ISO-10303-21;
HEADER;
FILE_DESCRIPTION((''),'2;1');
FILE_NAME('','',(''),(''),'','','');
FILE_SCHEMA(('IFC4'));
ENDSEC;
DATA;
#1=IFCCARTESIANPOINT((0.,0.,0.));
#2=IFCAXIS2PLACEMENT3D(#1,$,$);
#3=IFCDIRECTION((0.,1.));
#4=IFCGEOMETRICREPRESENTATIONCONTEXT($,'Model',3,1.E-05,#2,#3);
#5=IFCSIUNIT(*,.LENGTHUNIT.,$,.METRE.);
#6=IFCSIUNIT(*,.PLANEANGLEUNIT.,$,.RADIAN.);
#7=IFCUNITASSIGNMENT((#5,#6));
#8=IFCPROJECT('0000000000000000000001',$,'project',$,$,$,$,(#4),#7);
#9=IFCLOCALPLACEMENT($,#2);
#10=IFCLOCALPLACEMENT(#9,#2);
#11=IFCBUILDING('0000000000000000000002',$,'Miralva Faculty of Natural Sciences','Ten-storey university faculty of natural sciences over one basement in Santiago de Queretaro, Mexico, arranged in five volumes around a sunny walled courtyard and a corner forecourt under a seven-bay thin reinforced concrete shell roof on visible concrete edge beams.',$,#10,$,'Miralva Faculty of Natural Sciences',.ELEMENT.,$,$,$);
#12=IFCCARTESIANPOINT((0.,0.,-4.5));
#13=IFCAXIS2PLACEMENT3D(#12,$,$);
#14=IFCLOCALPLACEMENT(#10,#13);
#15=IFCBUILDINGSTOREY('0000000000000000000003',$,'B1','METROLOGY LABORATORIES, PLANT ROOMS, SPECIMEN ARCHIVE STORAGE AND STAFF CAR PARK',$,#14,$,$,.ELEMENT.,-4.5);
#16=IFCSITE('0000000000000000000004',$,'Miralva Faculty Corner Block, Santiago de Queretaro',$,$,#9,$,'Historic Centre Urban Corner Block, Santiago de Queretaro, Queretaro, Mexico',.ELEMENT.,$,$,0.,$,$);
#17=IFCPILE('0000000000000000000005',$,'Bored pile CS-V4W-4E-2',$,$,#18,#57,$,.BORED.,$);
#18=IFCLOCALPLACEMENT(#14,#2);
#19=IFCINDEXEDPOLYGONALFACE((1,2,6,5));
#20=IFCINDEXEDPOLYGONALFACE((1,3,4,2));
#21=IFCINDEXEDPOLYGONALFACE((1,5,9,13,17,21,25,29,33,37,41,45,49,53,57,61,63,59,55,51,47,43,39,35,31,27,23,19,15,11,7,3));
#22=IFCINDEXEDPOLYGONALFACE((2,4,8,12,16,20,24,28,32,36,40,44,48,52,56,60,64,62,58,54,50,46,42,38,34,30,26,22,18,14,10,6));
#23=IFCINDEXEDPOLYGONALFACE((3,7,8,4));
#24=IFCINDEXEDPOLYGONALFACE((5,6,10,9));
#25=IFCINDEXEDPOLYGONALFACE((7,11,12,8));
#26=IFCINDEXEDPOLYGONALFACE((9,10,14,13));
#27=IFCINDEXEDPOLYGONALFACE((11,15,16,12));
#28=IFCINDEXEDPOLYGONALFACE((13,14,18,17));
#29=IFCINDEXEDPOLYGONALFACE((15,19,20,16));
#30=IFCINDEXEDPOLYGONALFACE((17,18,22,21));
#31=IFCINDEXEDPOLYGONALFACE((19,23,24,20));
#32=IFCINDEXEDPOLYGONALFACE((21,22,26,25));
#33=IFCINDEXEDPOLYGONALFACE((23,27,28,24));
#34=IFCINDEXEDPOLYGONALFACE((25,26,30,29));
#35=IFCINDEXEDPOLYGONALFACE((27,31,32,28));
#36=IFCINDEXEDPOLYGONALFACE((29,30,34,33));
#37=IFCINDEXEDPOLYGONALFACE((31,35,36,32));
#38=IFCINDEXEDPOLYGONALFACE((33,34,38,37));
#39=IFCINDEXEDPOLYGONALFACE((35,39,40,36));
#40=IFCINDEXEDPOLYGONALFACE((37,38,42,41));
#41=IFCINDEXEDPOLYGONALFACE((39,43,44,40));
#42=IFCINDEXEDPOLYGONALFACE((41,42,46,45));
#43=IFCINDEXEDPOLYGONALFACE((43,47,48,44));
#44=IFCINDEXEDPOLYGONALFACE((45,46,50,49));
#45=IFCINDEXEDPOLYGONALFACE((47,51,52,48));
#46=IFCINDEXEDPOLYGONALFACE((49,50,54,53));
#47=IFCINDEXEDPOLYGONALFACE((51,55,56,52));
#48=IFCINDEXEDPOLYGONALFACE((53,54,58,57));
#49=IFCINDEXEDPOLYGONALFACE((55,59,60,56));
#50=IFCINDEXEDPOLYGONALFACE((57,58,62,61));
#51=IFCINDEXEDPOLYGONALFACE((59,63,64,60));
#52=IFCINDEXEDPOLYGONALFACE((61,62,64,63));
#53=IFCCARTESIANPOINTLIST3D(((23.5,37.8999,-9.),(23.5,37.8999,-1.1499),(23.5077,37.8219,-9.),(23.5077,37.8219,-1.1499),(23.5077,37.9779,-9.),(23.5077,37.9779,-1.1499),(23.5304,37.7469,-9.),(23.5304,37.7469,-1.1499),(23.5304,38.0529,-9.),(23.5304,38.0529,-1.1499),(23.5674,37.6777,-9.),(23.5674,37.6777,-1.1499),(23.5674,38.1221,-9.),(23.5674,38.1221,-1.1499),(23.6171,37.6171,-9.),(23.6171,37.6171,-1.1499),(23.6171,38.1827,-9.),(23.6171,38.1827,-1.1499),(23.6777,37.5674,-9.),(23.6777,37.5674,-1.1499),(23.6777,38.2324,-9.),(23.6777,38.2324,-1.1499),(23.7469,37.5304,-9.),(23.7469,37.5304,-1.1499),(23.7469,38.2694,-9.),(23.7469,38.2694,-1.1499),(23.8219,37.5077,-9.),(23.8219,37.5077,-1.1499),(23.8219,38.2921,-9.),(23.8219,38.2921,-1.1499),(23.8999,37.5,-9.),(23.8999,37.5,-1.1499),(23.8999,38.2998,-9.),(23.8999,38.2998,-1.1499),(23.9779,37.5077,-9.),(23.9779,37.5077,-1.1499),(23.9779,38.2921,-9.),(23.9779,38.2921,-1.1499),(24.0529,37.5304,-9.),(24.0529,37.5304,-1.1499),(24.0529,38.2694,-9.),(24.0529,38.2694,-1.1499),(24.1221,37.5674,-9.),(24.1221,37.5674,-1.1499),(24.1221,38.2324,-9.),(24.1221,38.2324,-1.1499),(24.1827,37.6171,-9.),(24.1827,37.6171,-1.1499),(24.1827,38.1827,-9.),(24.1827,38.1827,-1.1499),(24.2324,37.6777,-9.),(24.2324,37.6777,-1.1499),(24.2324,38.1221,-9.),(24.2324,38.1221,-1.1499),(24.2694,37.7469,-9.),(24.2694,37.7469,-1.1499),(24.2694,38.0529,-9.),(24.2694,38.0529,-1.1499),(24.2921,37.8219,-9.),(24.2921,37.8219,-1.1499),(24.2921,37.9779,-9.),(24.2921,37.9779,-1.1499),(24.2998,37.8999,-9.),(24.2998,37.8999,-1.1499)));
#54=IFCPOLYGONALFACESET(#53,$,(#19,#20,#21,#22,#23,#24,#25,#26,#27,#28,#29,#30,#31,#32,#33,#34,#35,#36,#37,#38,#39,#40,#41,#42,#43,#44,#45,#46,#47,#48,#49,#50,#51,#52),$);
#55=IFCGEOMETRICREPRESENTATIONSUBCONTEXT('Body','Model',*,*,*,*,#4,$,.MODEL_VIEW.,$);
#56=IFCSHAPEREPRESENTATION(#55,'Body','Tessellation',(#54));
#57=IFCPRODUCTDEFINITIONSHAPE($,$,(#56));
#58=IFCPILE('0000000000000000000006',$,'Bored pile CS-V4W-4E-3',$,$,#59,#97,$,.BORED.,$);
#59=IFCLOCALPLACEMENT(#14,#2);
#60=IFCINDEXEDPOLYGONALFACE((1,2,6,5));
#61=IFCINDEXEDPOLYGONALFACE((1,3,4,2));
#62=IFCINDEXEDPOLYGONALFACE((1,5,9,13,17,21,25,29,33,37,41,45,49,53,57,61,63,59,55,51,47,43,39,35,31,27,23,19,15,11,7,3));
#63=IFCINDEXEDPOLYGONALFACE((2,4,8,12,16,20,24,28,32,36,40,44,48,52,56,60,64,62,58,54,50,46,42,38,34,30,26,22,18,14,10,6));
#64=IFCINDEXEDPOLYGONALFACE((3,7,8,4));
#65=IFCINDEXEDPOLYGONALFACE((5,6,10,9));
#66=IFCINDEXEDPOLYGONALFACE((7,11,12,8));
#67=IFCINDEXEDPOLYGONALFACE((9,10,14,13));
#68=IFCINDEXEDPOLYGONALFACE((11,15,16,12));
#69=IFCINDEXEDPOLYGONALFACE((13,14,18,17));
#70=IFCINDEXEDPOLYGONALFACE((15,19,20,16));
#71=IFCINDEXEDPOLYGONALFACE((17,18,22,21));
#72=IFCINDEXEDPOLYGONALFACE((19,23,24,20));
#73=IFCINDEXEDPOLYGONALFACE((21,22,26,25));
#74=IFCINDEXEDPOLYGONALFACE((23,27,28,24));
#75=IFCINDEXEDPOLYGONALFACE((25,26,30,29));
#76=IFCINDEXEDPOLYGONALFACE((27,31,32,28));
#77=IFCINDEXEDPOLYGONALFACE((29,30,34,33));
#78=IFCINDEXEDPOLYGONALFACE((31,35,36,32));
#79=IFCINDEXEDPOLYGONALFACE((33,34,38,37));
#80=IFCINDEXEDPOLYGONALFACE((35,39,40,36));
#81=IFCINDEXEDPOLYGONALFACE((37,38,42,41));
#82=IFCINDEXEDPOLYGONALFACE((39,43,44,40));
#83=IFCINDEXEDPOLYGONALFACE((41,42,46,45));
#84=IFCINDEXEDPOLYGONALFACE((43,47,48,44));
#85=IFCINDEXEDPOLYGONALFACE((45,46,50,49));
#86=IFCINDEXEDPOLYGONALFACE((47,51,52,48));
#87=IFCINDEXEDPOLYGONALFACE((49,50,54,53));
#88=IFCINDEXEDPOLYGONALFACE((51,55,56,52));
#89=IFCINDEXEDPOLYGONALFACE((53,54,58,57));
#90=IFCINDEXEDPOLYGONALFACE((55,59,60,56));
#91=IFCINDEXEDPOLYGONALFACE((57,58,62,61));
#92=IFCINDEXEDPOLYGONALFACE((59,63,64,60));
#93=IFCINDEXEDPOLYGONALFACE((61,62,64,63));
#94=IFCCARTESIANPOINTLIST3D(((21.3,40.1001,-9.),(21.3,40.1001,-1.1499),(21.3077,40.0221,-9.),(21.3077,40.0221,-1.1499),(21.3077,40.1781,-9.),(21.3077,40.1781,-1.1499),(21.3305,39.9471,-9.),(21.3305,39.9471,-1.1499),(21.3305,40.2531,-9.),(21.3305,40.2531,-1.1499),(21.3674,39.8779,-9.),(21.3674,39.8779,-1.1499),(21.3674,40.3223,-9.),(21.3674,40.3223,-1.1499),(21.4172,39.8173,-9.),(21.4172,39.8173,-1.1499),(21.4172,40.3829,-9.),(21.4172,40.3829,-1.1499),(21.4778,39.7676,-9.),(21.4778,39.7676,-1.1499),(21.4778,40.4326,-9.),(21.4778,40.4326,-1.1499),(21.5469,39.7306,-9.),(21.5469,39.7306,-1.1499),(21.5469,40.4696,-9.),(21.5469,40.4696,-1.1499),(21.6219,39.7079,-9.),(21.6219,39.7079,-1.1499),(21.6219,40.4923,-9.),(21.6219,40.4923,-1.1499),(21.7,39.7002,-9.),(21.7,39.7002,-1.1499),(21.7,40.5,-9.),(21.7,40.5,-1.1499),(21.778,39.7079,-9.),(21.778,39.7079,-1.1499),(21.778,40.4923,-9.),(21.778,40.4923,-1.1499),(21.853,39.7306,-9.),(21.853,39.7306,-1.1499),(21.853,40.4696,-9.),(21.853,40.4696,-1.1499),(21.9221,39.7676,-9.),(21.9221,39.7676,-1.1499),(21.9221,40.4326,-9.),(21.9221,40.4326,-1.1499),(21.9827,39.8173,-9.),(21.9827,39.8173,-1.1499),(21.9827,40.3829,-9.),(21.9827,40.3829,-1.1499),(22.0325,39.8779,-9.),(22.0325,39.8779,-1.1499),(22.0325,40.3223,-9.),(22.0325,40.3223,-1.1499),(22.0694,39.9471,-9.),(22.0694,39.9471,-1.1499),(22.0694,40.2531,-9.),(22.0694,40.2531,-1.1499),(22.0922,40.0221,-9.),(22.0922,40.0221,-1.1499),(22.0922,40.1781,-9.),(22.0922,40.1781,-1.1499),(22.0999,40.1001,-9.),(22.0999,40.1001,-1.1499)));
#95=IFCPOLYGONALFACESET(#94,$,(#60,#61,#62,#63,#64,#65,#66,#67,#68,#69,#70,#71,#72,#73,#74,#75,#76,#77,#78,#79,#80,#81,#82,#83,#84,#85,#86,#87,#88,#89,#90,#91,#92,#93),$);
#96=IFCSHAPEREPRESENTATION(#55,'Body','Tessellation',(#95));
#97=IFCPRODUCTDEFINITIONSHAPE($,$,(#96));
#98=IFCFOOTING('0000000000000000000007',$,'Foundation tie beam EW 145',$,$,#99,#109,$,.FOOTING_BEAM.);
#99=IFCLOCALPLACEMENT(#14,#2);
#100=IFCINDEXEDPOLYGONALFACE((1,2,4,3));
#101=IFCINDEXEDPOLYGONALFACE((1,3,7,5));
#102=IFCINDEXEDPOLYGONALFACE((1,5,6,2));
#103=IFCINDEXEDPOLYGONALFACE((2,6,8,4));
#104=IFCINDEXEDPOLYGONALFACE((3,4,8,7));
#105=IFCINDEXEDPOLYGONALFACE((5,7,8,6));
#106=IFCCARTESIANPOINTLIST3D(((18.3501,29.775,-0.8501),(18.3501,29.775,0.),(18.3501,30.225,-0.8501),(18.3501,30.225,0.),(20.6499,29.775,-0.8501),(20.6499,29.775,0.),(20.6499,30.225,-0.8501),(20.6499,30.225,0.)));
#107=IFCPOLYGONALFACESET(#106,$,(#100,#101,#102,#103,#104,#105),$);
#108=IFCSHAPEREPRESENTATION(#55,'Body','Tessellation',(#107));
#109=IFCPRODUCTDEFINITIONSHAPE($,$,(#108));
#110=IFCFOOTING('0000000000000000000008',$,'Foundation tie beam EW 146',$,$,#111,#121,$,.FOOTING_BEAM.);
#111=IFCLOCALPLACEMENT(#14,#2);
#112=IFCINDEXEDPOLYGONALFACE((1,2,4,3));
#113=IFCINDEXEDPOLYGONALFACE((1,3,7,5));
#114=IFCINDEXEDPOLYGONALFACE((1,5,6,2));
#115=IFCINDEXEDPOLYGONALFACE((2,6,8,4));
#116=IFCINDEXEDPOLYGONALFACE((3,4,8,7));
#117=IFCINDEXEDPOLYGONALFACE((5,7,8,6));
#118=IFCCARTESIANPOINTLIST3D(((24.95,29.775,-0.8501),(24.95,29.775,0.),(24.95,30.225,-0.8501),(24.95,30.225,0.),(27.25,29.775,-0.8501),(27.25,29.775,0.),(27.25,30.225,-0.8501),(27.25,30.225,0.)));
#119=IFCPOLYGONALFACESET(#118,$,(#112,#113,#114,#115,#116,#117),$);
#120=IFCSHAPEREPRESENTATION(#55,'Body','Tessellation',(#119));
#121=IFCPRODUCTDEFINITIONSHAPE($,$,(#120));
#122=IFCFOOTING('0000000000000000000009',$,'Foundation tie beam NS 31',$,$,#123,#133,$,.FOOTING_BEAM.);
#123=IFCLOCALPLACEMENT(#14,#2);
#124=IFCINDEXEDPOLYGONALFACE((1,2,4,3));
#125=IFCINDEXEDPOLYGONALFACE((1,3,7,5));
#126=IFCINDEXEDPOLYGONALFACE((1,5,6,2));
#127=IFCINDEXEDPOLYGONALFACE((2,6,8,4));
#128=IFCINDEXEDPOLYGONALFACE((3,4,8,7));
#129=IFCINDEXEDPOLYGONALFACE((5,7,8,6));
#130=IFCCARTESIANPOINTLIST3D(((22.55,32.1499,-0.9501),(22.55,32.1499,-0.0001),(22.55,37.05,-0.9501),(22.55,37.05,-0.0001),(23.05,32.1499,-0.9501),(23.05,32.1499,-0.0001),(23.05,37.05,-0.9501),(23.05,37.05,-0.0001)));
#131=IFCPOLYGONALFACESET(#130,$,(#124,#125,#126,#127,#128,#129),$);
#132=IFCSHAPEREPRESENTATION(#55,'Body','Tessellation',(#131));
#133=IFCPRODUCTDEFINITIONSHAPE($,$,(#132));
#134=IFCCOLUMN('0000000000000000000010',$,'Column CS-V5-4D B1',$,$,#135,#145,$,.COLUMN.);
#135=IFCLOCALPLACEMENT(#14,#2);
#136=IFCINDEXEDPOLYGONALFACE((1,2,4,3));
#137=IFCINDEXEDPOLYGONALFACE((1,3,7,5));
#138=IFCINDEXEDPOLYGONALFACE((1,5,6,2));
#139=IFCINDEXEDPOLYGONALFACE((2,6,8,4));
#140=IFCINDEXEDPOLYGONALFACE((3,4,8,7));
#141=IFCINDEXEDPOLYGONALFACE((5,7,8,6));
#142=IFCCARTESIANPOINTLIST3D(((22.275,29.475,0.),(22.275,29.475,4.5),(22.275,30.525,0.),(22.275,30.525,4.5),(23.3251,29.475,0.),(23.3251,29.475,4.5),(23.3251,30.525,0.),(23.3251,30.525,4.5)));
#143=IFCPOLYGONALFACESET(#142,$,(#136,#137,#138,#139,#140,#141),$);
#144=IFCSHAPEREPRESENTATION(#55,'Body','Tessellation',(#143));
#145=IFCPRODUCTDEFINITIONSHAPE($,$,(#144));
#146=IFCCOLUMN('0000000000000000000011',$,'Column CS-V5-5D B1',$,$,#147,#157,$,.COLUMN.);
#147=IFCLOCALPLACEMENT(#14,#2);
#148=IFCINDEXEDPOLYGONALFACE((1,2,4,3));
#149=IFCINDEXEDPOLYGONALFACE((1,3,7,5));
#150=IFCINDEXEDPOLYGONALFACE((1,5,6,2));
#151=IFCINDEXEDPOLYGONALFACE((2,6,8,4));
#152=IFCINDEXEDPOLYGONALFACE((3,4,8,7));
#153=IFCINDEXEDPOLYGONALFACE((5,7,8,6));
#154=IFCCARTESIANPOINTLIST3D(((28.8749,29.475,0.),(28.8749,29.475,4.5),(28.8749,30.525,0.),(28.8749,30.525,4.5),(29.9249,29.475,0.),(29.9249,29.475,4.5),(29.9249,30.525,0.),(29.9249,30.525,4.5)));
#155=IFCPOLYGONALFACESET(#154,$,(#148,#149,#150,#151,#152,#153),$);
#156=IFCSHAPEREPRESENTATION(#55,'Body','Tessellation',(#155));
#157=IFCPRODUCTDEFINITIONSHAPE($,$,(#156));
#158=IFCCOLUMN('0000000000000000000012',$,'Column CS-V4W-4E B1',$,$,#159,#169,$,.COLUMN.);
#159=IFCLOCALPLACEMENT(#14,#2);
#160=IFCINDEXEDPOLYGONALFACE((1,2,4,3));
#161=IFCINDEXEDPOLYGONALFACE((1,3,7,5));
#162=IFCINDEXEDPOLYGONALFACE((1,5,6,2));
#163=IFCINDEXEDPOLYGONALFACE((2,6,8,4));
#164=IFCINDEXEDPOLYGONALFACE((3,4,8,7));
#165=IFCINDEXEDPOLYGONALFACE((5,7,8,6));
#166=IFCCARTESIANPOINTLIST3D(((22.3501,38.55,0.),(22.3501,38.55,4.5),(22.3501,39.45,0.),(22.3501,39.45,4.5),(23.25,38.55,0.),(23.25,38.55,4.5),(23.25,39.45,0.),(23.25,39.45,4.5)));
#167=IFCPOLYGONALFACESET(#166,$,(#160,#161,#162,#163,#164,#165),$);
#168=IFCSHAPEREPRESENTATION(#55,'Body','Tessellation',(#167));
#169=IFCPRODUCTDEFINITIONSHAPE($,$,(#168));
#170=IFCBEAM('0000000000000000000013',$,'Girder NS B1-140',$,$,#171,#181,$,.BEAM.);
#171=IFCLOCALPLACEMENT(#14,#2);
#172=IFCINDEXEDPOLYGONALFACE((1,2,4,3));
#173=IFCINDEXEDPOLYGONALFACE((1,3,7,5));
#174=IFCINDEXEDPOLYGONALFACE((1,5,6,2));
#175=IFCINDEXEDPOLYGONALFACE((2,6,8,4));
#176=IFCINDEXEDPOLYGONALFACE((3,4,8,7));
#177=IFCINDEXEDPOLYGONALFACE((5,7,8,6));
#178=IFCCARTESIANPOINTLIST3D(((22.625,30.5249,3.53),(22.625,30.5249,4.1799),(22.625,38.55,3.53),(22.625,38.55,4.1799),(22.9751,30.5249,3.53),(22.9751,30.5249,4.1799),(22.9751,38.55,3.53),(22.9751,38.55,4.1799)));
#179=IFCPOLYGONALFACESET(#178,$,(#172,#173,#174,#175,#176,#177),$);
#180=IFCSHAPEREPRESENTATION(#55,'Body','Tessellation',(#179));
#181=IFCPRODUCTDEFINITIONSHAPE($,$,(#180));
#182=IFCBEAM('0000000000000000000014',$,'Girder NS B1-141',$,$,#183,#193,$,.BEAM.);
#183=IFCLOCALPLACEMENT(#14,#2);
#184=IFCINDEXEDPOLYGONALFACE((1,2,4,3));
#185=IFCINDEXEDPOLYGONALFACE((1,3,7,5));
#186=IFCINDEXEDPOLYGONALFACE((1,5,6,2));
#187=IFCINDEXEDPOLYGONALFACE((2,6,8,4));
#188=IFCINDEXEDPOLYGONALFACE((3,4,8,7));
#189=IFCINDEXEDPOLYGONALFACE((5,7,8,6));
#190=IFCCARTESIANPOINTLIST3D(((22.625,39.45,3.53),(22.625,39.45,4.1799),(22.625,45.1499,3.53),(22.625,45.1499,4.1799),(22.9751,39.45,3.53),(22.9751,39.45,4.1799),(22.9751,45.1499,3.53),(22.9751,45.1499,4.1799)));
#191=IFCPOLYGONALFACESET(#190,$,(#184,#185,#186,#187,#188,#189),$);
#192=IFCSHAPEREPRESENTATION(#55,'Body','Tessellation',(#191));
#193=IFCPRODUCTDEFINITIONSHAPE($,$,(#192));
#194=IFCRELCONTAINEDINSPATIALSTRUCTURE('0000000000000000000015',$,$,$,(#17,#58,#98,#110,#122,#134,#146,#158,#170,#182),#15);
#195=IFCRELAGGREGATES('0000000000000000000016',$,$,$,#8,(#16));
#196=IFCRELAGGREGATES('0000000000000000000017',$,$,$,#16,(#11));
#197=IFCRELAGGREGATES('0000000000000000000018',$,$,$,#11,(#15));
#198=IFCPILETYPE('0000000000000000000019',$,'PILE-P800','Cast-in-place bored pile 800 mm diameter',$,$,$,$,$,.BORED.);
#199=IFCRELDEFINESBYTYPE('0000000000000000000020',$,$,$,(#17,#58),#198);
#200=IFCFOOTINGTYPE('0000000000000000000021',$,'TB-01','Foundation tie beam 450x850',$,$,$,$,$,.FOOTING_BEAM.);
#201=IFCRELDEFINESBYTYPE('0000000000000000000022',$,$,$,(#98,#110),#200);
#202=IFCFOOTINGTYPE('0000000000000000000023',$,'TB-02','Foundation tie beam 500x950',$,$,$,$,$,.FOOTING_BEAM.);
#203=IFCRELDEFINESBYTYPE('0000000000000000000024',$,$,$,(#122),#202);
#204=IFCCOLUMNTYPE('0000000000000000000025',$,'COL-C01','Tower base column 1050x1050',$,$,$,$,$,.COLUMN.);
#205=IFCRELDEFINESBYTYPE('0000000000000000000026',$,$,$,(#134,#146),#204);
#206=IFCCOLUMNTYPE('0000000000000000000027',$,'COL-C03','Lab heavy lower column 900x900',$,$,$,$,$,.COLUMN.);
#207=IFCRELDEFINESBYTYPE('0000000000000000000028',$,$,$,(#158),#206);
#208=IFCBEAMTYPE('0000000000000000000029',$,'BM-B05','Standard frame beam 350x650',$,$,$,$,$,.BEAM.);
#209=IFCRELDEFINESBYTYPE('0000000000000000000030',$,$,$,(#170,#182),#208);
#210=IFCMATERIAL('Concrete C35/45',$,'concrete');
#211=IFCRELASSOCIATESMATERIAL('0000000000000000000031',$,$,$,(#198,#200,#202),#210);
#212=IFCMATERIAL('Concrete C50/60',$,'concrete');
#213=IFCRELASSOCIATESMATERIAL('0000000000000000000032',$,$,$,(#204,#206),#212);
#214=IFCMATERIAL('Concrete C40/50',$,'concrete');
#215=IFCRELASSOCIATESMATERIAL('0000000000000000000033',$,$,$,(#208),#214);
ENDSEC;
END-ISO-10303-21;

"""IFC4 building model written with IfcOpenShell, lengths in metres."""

from ifc_helpers import new_model, si_unit, direction, frame, origin, origin_2d, place, context, subcontext, project, spatial, rectangle, circle, extrude, material, material_profile, profile_set, type_object, element, save


model = new_model("IFC4")

# Units and contexts
model_context = context("Model", 3, precision=1e-05, world=origin(), true_north=direction((0.0, 1.0)))
body_context = subcontext(model_context, "Body", "Model", "MODEL_VIEW")
ifc_project = project(units=[si_unit("LENGTHUNIT", "METRE"), si_unit("PLANEANGLEUNIT", "RADIAN")], contexts=[model_context])

# Site, building, storey
site_placement = place(None, origin())
site = spatial("IfcSite", under=ifc_project, at=site_placement, Name="Miralva Faculty Corner Block, Santiago de Queretaro", LongName="Historic Centre Urban Corner Block, Santiago de Queretaro, Queretaro, Mexico", CompositionType="ELEMENT", RefElevation=0.0)
building_placement = place(site_placement, origin())
building = spatial("IfcBuilding", under=site, at=building_placement, Name="Miralva Faculty of Natural Sciences", Description="Ten-storey university faculty of natural sciences over one basement in Santiago de Queretaro, Mexico, arranged in five volumes around a sunny walled courtyard and a corner forecourt under a seven-bay thin reinforced concrete shell roof on visible concrete edge beams.", LongName="Miralva Faculty of Natural Sciences", CompositionType="ELEMENT")
storey_placement = place(building_placement, frame((0.0, 0.0, -4.5)))
storey = spatial("IfcBuildingStorey", under=building, at=storey_placement, Name="B1", Description="METROLOGY LABORATORIES, PLANT ROOMS, SPECIMEN ARCHIVE STORAGE AND STAFF CAR PARK", CompositionType="ELEMENT", Elevation=-4.5)

# Shared definitions
ifc_material_1 = material(Name="Concrete C35/45", Category="concrete")

# Piles
ifc_material_profile_1 = material_profile(ifc_material_1, circle(Radius=0.3999, at=origin_2d()), Name="BORED PILE 800")
ifc_profile_set_1 = profile_set([ifc_material_profile_1], Name="Concrete C35/45")
pile_type_1 = type_object("IfcPileType", Name="PILE-P800", Description="Cast-in-place bored pile 800 mm diameter", PredefinedType="BORED", material=ifc_profile_set_1)
for number, where, z_axis, x_axis, name in (
    (1, (23.8999, 37.8999, -1.1499), (0.0, 0.0, -1.0), (1.0, 0.0, 0.0), "Bored pile CS-V4W-4E-2"),
    (2, (21.7, 40.1001, -1.1499), (0.0, 0.0, -1.0), (1.0, 0.0, 0.0), "Bored pile CS-V4W-4E-3"),
):
    element("IfcPile", number, at=place(storey_placement, frame(where, z_axis=z_axis, x_axis=x_axis)), inside=storey, type_object=pile_type_1, Name=name, PredefinedType="BORED", context=body_context, shape_type="SweptSolid", body=[
        extrude(circle(Radius=0.3999, at=origin_2d()), origin(), (0.0, 0.0, 1.0), 7.8501),
    ])

# Footings
ifc_material_profile_2 = material_profile(ifc_material_1, rectangle(XDim=0.45, YDim=0.8501, at=origin_2d()), Name="RC 450x850")
ifc_profile_set_2 = profile_set([ifc_material_profile_2], Name="Concrete C35/45")
footing_type_1 = type_object("IfcFootingType", Name="TB-01", Description="Foundation tie beam 450x850", PredefinedType="FOOTING_BEAM", material=ifc_profile_set_2)
footing_1_placement = place(storey_placement, frame((18.3501, 30.0, -0.425), z_axis=(1.0, 0.0, 0.0), x_axis=(0.0, 1.0, 0.0)))
element("IfcFooting", 3, at=footing_1_placement, inside=storey, type_object=footing_type_1, Name="Foundation tie beam EW 145", PredefinedType="FOOTING_BEAM", context=body_context, shape_type="SweptSolid", body=[
    extrude(rectangle(XDim=0.45, YDim=0.8501, at=origin_2d()), origin(), (0.0, 0.0, 1.0), 2.2998),
])
footing_2_placement = place(storey_placement, frame((24.95, 30.0, -0.425), z_axis=(1.0, 0.0, 0.0), x_axis=(0.0, 1.0, 0.0)))
element("IfcFooting", 4, at=footing_2_placement, inside=storey, type_object=footing_type_1, Name="Foundation tie beam EW 146", PredefinedType="FOOTING_BEAM", context=body_context, shape_type="SweptSolid", body=[
    extrude(rectangle(XDim=0.45, YDim=0.8501, at=origin_2d()), origin(), (0.0, 0.0, 1.0), 2.3),
])
ifc_material_profile_3 = material_profile(ifc_material_1, rectangle(XDim=0.5, YDim=0.95, at=origin_2d()), Name="RC 500x950")
ifc_profile_set_3 = profile_set([ifc_material_profile_3], Name="Concrete C35/45")
footing_type_2 = type_object("IfcFootingType", Name="TB-02", Description="Foundation tie beam 500x950", PredefinedType="FOOTING_BEAM", material=ifc_profile_set_3)
footing_3_placement = place(storey_placement, frame((22.8, 32.1499, -0.4751), z_axis=(0.0, 1.0, 0.0), x_axis=(-1.0, 0.0, 0.0)))
element("IfcFooting", 5, at=footing_3_placement, inside=storey, type_object=footing_type_2, Name="Foundation tie beam NS 31", PredefinedType="FOOTING_BEAM", context=body_context, shape_type="SweptSolid", body=[
    extrude(rectangle(XDim=0.5, YDim=0.95, at=origin_2d()), origin(), (0.0, 0.0, 1.0), 4.9001),
])

# Columns
ifc_material_2 = material(Name="Concrete C50/60", Category="concrete")
ifc_material_profile_4 = material_profile(ifc_material_2, rectangle(XDim=1.05, YDim=1.05, at=origin_2d()), Name="RC 1050x1050")
ifc_profile_set_4 = profile_set([ifc_material_profile_4], Name="Concrete C50/60")
column_type_1 = type_object("IfcColumnType", Name="COL-C01", Description="Tower base column 1050x1050", PredefinedType="COLUMN", material=ifc_profile_set_4)
for number, where, z_axis, x_axis, name in (
    (6, (22.8, 30.0, 0.0), (0.0, 0.0, 1.0), (1.0, 0.0, 0.0), "Column CS-V5-4D B1"),
    (7, (29.3999, 30.0, 0.0), (0.0, 0.0, 1.0), (1.0, 0.0, 0.0), "Column CS-V5-5D B1"),
):
    element("IfcColumn", number, at=place(storey_placement, frame(where, z_axis=z_axis, x_axis=x_axis)), inside=storey, type_object=column_type_1, Name=name, PredefinedType="COLUMN", context=body_context, shape_type="SweptSolid", body=[
        extrude(rectangle(XDim=1.05, YDim=1.05, at=origin_2d()), origin(), (0.0, 0.0, 1.0), 4.5),
    ])
ifc_material_profile_5 = material_profile(ifc_material_2, rectangle(XDim=0.8999, YDim=0.8999, at=origin_2d()), Name="RC 900x900")
ifc_profile_set_5 = profile_set([ifc_material_profile_5], Name="Concrete C50/60")
column_type_2 = type_object("IfcColumnType", Name="COL-C03", Description="Lab heavy lower column 900x900", PredefinedType="COLUMN", material=ifc_profile_set_5)
column_placement = place(storey_placement, frame((22.8, 39.0, 0.0), z_axis=(0.0, 0.0, 1.0), x_axis=(1.0, 0.0, 0.0)))
element("IfcColumn", 8, at=column_placement, inside=storey, type_object=column_type_2, Name="Column CS-V4W-4E B1", PredefinedType="COLUMN", context=body_context, shape_type="SweptSolid", body=[
    extrude(rectangle(XDim=0.8999, YDim=0.8999, at=origin_2d()), origin(), (0.0, 0.0, 1.0), 4.5),
])

# Beams
ifc_material_3 = material(Name="Concrete C40/50", Category="concrete")
ifc_material_profile_6 = material_profile(ifc_material_3, rectangle(XDim=0.3501, YDim=0.6499, at=origin_2d()), Name="RC 350x650")
ifc_profile_set_6 = profile_set([ifc_material_profile_6], Name="Concrete C40/50")
beam_type_1 = type_object("IfcBeamType", Name="BM-B05", Description="Standard frame beam 350x650", PredefinedType="BEAM", material=ifc_profile_set_6)
beam_1_placement = place(storey_placement, frame((22.8, 30.5249, 3.855), z_axis=(0.0, 1.0, 0.0), x_axis=(-1.0, 0.0, 0.0)))
element("IfcBeam", 9, at=beam_1_placement, inside=storey, type_object=beam_type_1, Name="Girder NS B1-140", PredefinedType="BEAM", context=body_context, shape_type="SweptSolid", body=[
    extrude(rectangle(XDim=0.3501, YDim=0.6499, at=origin_2d()), origin(), (0.0, 0.0, 1.0), 8.0251),
])
beam_2_placement = place(storey_placement, frame((22.8, 39.45, 3.855), z_axis=(0.0, 1.0, 0.0), x_axis=(-1.0, 0.0, 0.0)))
element("IfcBeam", 10, at=beam_2_placement, inside=storey, type_object=beam_type_1, Name="Girder NS B1-141", PredefinedType="BEAM", context=body_context, shape_type="SweptSolid", body=[
    extrude(rectangle(XDim=0.3501, YDim=0.6499, at=origin_2d()), origin(), (0.0, 0.0, 1.0), 5.7),
])

save(model, "model.ifc")
